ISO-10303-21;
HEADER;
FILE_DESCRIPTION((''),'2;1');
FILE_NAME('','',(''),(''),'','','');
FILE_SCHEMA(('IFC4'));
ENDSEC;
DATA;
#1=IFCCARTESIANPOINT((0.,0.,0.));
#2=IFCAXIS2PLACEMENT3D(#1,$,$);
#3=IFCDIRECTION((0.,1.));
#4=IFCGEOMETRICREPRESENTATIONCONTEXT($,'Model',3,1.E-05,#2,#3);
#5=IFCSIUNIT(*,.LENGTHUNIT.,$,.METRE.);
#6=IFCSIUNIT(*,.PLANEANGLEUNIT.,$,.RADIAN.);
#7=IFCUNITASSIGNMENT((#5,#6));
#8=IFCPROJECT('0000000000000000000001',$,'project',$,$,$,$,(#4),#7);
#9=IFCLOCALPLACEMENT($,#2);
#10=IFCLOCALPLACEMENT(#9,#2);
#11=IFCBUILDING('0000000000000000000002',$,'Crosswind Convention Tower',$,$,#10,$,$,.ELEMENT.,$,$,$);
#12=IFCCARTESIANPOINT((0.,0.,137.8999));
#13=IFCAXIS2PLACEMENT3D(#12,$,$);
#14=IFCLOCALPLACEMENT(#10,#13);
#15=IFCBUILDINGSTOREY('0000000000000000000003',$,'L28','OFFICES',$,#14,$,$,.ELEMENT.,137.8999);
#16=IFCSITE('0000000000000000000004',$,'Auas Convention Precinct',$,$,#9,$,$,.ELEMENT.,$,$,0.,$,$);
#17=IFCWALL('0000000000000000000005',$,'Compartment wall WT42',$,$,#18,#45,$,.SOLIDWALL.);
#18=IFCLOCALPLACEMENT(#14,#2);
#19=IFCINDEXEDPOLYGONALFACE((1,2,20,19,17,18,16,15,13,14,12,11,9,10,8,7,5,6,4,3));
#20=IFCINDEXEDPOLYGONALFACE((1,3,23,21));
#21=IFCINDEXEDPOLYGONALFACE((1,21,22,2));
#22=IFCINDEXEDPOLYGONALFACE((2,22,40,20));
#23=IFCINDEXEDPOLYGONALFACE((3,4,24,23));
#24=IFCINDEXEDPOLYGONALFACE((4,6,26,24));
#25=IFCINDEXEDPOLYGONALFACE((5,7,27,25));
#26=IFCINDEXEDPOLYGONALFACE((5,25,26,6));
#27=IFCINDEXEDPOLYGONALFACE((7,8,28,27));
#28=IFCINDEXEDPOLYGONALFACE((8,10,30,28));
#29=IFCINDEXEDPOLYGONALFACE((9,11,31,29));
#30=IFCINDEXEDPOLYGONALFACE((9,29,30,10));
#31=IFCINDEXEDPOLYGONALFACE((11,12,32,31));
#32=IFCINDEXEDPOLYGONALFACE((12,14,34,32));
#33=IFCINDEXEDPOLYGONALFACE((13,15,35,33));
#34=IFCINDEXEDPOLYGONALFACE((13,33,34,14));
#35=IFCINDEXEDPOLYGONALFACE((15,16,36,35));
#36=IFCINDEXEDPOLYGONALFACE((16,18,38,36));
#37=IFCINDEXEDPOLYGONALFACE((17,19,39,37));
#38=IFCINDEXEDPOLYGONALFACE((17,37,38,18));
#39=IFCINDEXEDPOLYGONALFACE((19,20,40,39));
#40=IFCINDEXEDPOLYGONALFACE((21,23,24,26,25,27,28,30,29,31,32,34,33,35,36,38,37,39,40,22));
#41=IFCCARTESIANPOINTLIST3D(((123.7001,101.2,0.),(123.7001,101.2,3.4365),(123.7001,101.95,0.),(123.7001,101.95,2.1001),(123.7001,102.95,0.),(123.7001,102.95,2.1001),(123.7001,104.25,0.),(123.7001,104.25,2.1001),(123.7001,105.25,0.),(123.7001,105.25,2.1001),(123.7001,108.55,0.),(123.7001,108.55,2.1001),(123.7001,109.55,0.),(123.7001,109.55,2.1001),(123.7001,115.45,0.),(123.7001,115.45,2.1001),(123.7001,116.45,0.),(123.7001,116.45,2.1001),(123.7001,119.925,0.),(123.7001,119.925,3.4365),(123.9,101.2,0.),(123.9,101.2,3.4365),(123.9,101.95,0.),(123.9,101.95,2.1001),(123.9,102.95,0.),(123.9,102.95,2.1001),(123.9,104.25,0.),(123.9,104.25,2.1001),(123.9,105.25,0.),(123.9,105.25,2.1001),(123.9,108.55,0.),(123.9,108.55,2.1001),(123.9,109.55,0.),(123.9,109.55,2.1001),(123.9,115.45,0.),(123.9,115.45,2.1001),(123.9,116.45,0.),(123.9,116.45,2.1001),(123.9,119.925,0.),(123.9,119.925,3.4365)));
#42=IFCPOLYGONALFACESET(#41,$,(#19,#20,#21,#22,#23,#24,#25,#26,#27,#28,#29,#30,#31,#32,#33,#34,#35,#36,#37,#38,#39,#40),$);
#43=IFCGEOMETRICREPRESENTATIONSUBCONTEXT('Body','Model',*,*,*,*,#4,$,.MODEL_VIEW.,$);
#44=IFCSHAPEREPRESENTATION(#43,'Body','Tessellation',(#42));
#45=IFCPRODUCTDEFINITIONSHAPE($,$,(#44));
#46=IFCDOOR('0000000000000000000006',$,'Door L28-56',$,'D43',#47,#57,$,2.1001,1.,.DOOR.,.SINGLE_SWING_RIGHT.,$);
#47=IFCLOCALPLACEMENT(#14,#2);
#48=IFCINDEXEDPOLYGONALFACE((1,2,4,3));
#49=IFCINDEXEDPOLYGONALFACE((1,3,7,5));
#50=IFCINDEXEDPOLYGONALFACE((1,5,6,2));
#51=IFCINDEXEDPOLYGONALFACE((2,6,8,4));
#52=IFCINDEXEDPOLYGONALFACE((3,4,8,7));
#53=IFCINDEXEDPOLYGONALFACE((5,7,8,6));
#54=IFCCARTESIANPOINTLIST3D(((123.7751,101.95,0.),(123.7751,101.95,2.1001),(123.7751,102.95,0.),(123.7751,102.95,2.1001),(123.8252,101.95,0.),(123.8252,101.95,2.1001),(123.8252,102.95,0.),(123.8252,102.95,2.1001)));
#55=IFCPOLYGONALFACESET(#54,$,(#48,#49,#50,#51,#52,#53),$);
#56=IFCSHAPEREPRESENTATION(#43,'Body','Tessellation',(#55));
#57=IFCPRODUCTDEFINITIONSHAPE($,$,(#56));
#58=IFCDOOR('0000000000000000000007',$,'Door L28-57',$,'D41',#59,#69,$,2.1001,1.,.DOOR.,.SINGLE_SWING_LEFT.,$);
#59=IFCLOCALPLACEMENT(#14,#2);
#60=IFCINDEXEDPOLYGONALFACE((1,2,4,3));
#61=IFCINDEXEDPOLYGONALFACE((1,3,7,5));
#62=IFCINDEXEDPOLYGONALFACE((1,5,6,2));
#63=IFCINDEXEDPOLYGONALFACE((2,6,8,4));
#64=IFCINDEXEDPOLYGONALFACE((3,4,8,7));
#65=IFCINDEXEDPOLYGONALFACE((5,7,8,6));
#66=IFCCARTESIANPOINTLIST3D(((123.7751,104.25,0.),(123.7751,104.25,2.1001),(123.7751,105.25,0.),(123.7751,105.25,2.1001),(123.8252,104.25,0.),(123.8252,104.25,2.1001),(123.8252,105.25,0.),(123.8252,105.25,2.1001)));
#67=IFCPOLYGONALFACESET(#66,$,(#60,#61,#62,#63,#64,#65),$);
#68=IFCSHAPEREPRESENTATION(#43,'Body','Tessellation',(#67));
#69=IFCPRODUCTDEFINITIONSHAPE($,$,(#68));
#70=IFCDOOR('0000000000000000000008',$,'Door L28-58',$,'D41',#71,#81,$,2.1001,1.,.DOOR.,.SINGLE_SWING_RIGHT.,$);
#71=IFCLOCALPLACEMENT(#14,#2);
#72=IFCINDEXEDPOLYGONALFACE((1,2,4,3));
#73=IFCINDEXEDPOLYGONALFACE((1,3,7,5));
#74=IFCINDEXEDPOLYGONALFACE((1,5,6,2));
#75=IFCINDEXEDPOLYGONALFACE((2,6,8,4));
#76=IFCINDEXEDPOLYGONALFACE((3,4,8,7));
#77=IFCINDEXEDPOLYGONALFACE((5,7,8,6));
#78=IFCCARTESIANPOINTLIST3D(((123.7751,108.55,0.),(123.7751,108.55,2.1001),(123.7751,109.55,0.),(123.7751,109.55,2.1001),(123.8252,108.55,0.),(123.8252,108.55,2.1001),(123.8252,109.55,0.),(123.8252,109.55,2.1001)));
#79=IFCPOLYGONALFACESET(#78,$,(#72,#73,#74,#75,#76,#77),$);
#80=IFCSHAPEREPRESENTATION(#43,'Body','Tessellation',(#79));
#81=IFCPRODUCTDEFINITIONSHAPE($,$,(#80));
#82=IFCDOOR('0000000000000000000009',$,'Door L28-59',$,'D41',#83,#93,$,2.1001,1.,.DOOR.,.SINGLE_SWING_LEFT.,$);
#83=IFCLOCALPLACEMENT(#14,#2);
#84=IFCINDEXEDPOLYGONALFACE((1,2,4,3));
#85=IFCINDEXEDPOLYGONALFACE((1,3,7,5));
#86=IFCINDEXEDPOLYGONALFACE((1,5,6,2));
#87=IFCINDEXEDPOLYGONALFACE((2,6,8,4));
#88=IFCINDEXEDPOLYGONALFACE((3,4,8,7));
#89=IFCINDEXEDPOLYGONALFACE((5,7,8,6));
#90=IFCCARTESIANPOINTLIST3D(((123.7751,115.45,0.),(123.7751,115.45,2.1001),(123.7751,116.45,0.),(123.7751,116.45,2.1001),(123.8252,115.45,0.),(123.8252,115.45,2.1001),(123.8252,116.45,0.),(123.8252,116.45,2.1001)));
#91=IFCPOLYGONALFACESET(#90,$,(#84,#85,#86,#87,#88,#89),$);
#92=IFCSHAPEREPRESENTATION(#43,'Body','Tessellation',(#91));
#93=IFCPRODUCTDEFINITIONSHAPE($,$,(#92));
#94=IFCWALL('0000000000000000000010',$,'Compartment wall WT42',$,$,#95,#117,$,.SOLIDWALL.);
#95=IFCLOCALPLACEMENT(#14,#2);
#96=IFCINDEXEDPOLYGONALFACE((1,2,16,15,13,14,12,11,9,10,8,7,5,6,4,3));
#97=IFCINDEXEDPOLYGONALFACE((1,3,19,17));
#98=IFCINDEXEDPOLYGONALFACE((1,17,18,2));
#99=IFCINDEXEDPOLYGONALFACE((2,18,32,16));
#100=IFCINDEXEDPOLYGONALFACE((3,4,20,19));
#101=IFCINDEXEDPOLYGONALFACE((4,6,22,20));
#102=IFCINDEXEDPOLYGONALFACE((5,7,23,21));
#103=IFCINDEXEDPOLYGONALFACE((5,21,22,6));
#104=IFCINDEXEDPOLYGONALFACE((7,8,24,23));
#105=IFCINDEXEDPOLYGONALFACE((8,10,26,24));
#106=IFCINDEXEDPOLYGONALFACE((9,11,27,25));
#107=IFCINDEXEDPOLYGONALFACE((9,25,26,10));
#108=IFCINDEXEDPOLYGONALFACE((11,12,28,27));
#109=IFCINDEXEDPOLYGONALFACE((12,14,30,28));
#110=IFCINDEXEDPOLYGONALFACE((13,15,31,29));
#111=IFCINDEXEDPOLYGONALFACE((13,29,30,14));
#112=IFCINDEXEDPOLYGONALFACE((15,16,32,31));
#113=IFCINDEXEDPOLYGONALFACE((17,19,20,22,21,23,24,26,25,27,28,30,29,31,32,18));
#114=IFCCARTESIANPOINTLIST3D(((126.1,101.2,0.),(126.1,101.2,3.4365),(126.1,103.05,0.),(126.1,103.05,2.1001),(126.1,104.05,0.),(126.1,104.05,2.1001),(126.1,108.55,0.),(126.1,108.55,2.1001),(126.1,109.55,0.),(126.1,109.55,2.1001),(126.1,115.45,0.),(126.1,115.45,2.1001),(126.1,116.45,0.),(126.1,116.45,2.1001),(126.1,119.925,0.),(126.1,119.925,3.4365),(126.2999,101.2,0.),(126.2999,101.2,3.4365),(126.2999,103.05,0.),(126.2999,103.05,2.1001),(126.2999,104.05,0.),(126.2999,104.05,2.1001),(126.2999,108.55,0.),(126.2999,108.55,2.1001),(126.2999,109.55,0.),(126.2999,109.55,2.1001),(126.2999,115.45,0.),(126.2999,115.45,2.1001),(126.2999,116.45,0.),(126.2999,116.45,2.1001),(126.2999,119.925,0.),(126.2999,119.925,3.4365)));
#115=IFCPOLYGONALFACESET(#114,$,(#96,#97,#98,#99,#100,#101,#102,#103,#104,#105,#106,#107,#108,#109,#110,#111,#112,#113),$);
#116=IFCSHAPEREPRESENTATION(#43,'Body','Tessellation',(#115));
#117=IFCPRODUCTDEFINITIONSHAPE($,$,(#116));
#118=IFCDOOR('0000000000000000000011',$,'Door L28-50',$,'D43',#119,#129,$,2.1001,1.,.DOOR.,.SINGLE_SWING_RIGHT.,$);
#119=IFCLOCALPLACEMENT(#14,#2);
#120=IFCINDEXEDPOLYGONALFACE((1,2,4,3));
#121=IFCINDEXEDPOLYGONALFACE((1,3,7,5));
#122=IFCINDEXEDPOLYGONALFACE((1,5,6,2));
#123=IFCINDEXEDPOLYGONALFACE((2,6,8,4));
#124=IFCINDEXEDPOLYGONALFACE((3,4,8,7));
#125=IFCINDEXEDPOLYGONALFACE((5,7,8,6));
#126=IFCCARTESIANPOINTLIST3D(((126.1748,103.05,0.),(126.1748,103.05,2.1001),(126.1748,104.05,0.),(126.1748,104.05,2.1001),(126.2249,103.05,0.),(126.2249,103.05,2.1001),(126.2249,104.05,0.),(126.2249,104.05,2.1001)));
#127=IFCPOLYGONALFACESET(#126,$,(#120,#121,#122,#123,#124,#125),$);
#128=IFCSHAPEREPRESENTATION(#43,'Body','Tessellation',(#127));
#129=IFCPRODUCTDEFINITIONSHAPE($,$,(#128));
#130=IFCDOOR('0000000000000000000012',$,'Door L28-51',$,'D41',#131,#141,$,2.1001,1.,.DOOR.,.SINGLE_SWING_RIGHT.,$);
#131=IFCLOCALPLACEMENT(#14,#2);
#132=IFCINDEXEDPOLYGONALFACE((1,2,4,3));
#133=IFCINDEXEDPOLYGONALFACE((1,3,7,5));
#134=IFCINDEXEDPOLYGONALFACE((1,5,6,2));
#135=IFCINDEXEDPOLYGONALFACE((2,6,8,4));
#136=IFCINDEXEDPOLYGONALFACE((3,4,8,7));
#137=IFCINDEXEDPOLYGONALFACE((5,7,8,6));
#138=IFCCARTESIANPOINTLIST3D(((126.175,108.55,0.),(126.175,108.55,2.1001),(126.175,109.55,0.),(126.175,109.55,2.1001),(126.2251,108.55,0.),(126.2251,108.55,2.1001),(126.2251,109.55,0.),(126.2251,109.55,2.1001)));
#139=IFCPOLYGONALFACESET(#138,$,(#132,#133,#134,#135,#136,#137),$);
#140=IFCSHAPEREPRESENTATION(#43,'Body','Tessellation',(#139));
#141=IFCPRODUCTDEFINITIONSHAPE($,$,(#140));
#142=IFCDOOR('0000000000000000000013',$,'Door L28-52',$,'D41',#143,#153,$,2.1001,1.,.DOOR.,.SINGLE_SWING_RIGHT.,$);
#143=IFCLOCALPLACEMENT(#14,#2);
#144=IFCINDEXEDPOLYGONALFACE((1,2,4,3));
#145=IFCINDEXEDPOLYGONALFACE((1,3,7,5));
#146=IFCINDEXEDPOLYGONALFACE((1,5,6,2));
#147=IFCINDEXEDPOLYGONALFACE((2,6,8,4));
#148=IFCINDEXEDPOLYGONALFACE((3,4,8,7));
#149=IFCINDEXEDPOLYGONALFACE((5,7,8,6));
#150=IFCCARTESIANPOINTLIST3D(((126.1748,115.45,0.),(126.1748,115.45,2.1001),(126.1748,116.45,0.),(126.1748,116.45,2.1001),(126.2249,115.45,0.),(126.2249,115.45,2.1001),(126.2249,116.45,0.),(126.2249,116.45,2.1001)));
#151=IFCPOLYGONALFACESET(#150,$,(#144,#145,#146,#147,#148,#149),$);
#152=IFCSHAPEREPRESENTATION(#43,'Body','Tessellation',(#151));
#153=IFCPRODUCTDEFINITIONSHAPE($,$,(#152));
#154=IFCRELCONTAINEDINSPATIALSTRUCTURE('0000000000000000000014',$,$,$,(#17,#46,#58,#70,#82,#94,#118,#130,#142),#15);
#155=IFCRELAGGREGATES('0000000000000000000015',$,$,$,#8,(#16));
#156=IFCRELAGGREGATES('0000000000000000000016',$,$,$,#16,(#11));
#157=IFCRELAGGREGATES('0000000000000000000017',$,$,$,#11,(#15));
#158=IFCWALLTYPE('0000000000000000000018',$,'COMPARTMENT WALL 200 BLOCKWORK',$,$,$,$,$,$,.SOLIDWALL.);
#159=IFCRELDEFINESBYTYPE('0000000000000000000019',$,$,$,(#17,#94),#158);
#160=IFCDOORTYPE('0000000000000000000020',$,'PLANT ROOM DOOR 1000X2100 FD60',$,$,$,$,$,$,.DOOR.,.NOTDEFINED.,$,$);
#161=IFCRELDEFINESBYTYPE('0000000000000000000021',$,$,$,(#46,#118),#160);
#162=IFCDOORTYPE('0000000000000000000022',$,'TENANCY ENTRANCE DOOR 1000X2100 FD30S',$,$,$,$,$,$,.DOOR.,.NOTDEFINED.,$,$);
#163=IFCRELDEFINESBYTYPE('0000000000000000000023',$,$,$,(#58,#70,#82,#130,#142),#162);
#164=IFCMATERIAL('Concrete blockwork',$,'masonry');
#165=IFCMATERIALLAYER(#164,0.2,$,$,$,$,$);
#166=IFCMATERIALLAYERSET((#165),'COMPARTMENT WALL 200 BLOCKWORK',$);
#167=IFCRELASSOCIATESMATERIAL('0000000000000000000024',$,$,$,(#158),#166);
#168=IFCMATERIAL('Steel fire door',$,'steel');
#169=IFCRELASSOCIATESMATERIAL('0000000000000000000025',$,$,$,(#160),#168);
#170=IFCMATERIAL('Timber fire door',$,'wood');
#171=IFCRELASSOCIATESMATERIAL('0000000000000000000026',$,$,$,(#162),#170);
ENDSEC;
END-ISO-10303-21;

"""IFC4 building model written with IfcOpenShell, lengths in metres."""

from ifc_helpers import new_model, si_unit, direction, frame, frame_2d, origin, place, context, subcontext, project, spatial, rectangle, extrude, material, layer, layer_set, type_object, element, fill, save


model = new_model("IFC4")

# Units and contexts
model_context = context("Model", 3, precision=1e-05, world=origin(), true_north=direction((0.0, 1.0)))
body_context = subcontext(model_context, "Body", "Model", "MODEL_VIEW")
ifc_project = project(units=[si_unit("LENGTHUNIT", "METRE"), si_unit("PLANEANGLEUNIT", "RADIAN")], contexts=[model_context])

# Site, building, storey
site_placement = place(None, origin())
site = spatial("IfcSite", under=ifc_project, at=site_placement, Name="Auas Convention Precinct", CompositionType="ELEMENT", RefElevation=0.0)
building_placement = place(site_placement, origin())
building = spatial("IfcBuilding", under=site, at=building_placement, Name="Crosswind Convention Tower", CompositionType="ELEMENT")
storey_placement = place(building_placement, frame((0.0, 0.0, 137.8999)))
storey = spatial("IfcBuildingStorey", under=building, at=storey_placement, Name="L28", Description="OFFICES", CompositionType="ELEMENT", Elevation=137.8999)

# Walls, openings, doors
ifc_material_1 = material(Name="Concrete blockwork", Category="masonry")
ifc_layer_1 = layer(ifc_material_1, 0.2)
ifc_layer_set_1 = layer_set([ifc_layer_1], Name="COMPARTMENT WALL 200 BLOCKWORK")
wall_type_1 = type_object("IfcWallType", Name="COMPARTMENT WALL 200 BLOCKWORK", PredefinedType="SOLIDWALL", material=ifc_layer_set_1)
wall_1_placement = place(storey_placement, frame((123.8, 101.2, 0.0), z_axis=(0.0, 0.0, 1.0), x_axis=(0.0, 1.0, 0.0)))
wall_1 = element("IfcWall", 1, at=wall_1_placement, inside=storey, type_object=wall_type_1, Name="Compartment wall WT42", PredefinedType="SOLIDWALL", context=body_context, shape_type="SweptSolid", body=[
    extrude(rectangle(XDim=18.7251, YDim=0.2, at=frame_2d((9.3625, 0.0))), origin(), (0.0, 0.0, 1.0), 3.4365),
])
opening_1_placement = place(wall_1_placement, frame((0.75, 0.0, 0.0)))
opening_1 = element("IfcOpeningElement", 2, at=opening_1_placement, cuts=wall_1, PredefinedType="OPENING", context=body_context, shape_type="SweptSolid", body=[
    extrude(rectangle(XDim=1.0, YDim=2.1001, at=frame_2d((0.5, 1.05))), frame((0.0, 0.1099, 0.0), z_axis=(0.0, -1.0, 0.0), x_axis=(1.0, 0.0, 0.0)), (0.0, 0.0, 1.0), 0.22),
])
opening_2_placement = place(wall_1_placement, frame((3.05, 0.0, 0.0)))
opening_2 = element("IfcOpeningElement", 3, at=opening_2_placement, cuts=wall_1, PredefinedType="OPENING", context=body_context, shape_type="SweptSolid", body=[
    extrude(rectangle(XDim=1.0, YDim=2.1001, at=frame_2d((0.5, 1.05))), frame((0.0, 0.1099, 0.0), z_axis=(0.0, -1.0, 0.0), x_axis=(1.0, 0.0, 0.0)), (0.0, 0.0, 1.0), 0.22),
])
opening_3_placement = place(wall_1_placement, frame((7.3501, 0.0, 0.0)))
opening_3 = element("IfcOpeningElement", 4, at=opening_3_placement, cuts=wall_1, PredefinedType="OPENING", context=body_context, shape_type="SweptSolid", body=[
    extrude(rectangle(XDim=1.0, YDim=2.1001, at=frame_2d((0.5, 1.05))), frame((0.0, 0.1099, 0.0), z_axis=(0.0, -1.0, 0.0), x_axis=(1.0, 0.0, 0.0)), (0.0, 0.0, 1.0), 0.22),
])
opening_4_placement = place(wall_1_placement, frame((14.25, 0.0, 0.0)))
opening_4 = element("IfcOpeningElement", 5, at=opening_4_placement, cuts=wall_1, PredefinedType="OPENING", context=body_context, shape_type="SweptSolid", body=[
    extrude(rectangle(XDim=1.0, YDim=2.1001, at=frame_2d((0.5, 1.05))), frame((0.0, 0.1099, 0.0), z_axis=(0.0, -1.0, 0.0), x_axis=(1.0, 0.0, 0.0)), (0.0, 0.0, 1.0), 0.22),
])
ifc_material_2 = material(Name="Steel fire door", Category="steel")
door_type_1 = type_object("IfcDoorType", Name="PLANT ROOM DOOR 1000X2100 FD60", OperationType="NOTDEFINED", PredefinedType="DOOR", material=ifc_material_2)
door_1_placement = place(opening_1_placement, origin())
door_1 = element("IfcDoor", 6, at=door_1_placement, inside=storey, type_object=door_type_1, Name="Door L28-56", ObjectType="D43", OperationType="SINGLE_SWING_RIGHT", OverallHeight=2.1001, OverallWidth=1.0, PredefinedType="DOOR", context=body_context, shape_type="SweptSolid", body=[
    extrude(rectangle(XDim=1.0, YDim=2.1001, at=frame_2d((0.5, 1.05))), frame((0.0, 0.0249, 0.0), z_axis=(0.0, -1.0, 0.0), x_axis=(1.0, 0.0, 0.0)), (0.0, 0.0, 1.0), 0.05),
])
fill(opening_1, door_1)
ifc_material_3 = material(Name="Timber fire door", Category="wood")
door_type_2 = type_object("IfcDoorType", Name="TENANCY ENTRANCE DOOR 1000X2100 FD30S", OperationType="NOTDEFINED", PredefinedType="DOOR", material=ifc_material_3)
door_2_placement = place(opening_2_placement, origin())
door_2 = element("IfcDoor", 7, at=door_2_placement, inside=storey, type_object=door_type_2, Name="Door L28-57", ObjectType="D41", OperationType="SINGLE_SWING_LEFT", OverallHeight=2.1001, OverallWidth=1.0, PredefinedType="DOOR", context=body_context, shape_type="SweptSolid", body=[
    extrude(rectangle(XDim=1.0, YDim=2.1001, at=frame_2d((0.5, 1.05))), frame((0.0, 0.0249, 0.0), z_axis=(0.0, -1.0, 0.0), x_axis=(1.0, 0.0, 0.0)), (0.0, 0.0, 1.0), 0.05),
])
fill(opening_2, door_2)
door_3_placement = place(opening_3_placement, origin())
door_3 = element("IfcDoor", 8, at=door_3_placement, inside=storey, type_object=door_type_2, Name="Door L28-58", ObjectType="D41", OperationType="SINGLE_SWING_RIGHT", OverallHeight=2.1001, OverallWidth=1.0, PredefinedType="DOOR", context=body_context, shape_type="SweptSolid", body=[
    extrude(rectangle(XDim=1.0, YDim=2.1001, at=frame_2d((0.5, 1.05))), frame((0.0, 0.0249, 0.0), z_axis=(0.0, -1.0, 0.0), x_axis=(1.0, 0.0, 0.0)), (0.0, 0.0, 1.0), 0.05),
])
fill(opening_3, door_3)
door_4_placement = place(opening_4_placement, origin())
door_4 = element("IfcDoor", 9, at=door_4_placement, inside=storey, type_object=door_type_2, Name="Door L28-59", ObjectType="D41", OperationType="SINGLE_SWING_LEFT", OverallHeight=2.1001, OverallWidth=1.0, PredefinedType="DOOR", context=body_context, shape_type="SweptSolid", body=[
    extrude(rectangle(XDim=1.0, YDim=2.1001, at=frame_2d((0.5, 1.05))), frame((0.0, 0.0249, 0.0), z_axis=(0.0, -1.0, 0.0), x_axis=(1.0, 0.0, 0.0)), (0.0, 0.0, 1.0), 0.05),
])
fill(opening_4, door_4)
wall_2_placement = place(storey_placement, frame((126.2, 101.2, 0.0), z_axis=(0.0, 0.0, 1.0), x_axis=(0.0, 1.0, 0.0)))
wall_2 = element("IfcWall", 10, at=wall_2_placement, inside=storey, type_object=wall_type_1, Name="Compartment wall WT42", PredefinedType="SOLIDWALL", context=body_context, shape_type="SweptSolid", body=[
    extrude(rectangle(XDim=18.7251, YDim=0.2, at=frame_2d((9.3625, 0.0))), origin(), (0.0, 0.0, 1.0), 3.4365),
])
opening_5_placement = place(wall_2_placement, frame((1.8501, 0.0, 0.0)))
opening_5 = element("IfcOpeningElement", 11, at=opening_5_placement, cuts=wall_2, PredefinedType="OPENING", context=body_context, shape_type="SweptSolid", body=[
    extrude(rectangle(XDim=1.0, YDim=2.1001, at=frame_2d((0.5, 1.05))), frame((0.0, 0.1099, 0.0), z_axis=(0.0, -1.0, 0.0), x_axis=(1.0, 0.0, 0.0)), (0.0, 0.0, 1.0), 0.22),
])
opening_6_placement = place(wall_2_placement, frame((7.3501, 0.0, 0.0)))
opening_6 = element("IfcOpeningElement", 12, at=opening_6_placement, cuts=wall_2, PredefinedType="OPENING", context=body_context, shape_type="SweptSolid", body=[
    extrude(rectangle(XDim=1.0, YDim=2.1001, at=frame_2d((0.5, 1.05))), frame((0.0, 0.1099, 0.0), z_axis=(0.0, -1.0, 0.0), x_axis=(1.0, 0.0, 0.0)), (0.0, 0.0, 1.0), 0.22),
])
opening_7_placement = place(wall_2_placement, frame((14.25, 0.0, 0.0)))
opening_7 = element("IfcOpeningElement", 13, at=opening_7_placement, cuts=wall_2, PredefinedType="OPENING", context=body_context, shape_type="SweptSolid", body=[
    extrude(rectangle(XDim=1.0, YDim=2.1001, at=frame_2d((0.5, 1.05))), frame((0.0, 0.1099, 0.0), z_axis=(0.0, -1.0, 0.0), x_axis=(1.0, 0.0, 0.0)), (0.0, 0.0, 1.0), 0.22),
])
door_5_placement = place(opening_5_placement, frame((1.0, 0.0, 0.0), z_axis=(0.0, 0.0, 1.0), x_axis=(-1.0, 0.0, 0.0)))
door_5 = element("IfcDoor", 14, at=door_5_placement, inside=storey, type_object=door_type_1, Name="Door L28-50", ObjectType="D43", OperationType="SINGLE_SWING_RIGHT", OverallHeight=2.1001, OverallWidth=1.0, PredefinedType="DOOR", context=body_context, shape_type="SweptSolid", body=[
    extrude(rectangle(XDim=1.0, YDim=2.1001, at=frame_2d((0.5, 1.05))), frame((0.0, 0.0249, 0.0), z_axis=(0.0, -1.0, 0.0), x_axis=(1.0, 0.0, 0.0)), (0.0, 0.0, 1.0), 0.05),
])
fill(opening_5, door_5)
door_6_placement = place(opening_6_placement, origin())
door_6 = element("IfcDoor", 15, at=door_6_placement, inside=storey, type_object=door_type_2, Name="Door L28-51", ObjectType="D41", OperationType="SINGLE_SWING_RIGHT", OverallHeight=2.1001, OverallWidth=1.0, PredefinedType="DOOR", context=body_context, shape_type="SweptSolid", body=[
    extrude(rectangle(XDim=1.0, YDim=2.1001, at=frame_2d((0.5, 1.05))), frame((0.0, 0.0249, 0.0), z_axis=(0.0, -1.0, 0.0), x_axis=(1.0, 0.0, 0.0)), (0.0, 0.0, 1.0), 0.05),
])
fill(opening_6, door_6)
door_7_placement = place(opening_7_placement, frame((1.0, 0.0, 0.0), z_axis=(0.0, 0.0, 1.0), x_axis=(-1.0, 0.0, 0.0)))
door_7 = element("IfcDoor", 16, at=door_7_placement, inside=storey, type_object=door_type_2, Name="Door L28-52", ObjectType="D41", OperationType="SINGLE_SWING_RIGHT", OverallHeight=2.1001, OverallWidth=1.0, PredefinedType="DOOR", context=body_context, shape_type="SweptSolid", body=[
    extrude(rectangle(XDim=1.0, YDim=2.1001, at=frame_2d((0.5, 1.05))), frame((0.0, 0.0249, 0.0), z_axis=(0.0, -1.0, 0.0), x_axis=(1.0, 0.0, 0.0)), (0.0, 0.0, 1.0), 0.05),
])
fill(opening_7, door_7)

save(model, "model.ifc")
